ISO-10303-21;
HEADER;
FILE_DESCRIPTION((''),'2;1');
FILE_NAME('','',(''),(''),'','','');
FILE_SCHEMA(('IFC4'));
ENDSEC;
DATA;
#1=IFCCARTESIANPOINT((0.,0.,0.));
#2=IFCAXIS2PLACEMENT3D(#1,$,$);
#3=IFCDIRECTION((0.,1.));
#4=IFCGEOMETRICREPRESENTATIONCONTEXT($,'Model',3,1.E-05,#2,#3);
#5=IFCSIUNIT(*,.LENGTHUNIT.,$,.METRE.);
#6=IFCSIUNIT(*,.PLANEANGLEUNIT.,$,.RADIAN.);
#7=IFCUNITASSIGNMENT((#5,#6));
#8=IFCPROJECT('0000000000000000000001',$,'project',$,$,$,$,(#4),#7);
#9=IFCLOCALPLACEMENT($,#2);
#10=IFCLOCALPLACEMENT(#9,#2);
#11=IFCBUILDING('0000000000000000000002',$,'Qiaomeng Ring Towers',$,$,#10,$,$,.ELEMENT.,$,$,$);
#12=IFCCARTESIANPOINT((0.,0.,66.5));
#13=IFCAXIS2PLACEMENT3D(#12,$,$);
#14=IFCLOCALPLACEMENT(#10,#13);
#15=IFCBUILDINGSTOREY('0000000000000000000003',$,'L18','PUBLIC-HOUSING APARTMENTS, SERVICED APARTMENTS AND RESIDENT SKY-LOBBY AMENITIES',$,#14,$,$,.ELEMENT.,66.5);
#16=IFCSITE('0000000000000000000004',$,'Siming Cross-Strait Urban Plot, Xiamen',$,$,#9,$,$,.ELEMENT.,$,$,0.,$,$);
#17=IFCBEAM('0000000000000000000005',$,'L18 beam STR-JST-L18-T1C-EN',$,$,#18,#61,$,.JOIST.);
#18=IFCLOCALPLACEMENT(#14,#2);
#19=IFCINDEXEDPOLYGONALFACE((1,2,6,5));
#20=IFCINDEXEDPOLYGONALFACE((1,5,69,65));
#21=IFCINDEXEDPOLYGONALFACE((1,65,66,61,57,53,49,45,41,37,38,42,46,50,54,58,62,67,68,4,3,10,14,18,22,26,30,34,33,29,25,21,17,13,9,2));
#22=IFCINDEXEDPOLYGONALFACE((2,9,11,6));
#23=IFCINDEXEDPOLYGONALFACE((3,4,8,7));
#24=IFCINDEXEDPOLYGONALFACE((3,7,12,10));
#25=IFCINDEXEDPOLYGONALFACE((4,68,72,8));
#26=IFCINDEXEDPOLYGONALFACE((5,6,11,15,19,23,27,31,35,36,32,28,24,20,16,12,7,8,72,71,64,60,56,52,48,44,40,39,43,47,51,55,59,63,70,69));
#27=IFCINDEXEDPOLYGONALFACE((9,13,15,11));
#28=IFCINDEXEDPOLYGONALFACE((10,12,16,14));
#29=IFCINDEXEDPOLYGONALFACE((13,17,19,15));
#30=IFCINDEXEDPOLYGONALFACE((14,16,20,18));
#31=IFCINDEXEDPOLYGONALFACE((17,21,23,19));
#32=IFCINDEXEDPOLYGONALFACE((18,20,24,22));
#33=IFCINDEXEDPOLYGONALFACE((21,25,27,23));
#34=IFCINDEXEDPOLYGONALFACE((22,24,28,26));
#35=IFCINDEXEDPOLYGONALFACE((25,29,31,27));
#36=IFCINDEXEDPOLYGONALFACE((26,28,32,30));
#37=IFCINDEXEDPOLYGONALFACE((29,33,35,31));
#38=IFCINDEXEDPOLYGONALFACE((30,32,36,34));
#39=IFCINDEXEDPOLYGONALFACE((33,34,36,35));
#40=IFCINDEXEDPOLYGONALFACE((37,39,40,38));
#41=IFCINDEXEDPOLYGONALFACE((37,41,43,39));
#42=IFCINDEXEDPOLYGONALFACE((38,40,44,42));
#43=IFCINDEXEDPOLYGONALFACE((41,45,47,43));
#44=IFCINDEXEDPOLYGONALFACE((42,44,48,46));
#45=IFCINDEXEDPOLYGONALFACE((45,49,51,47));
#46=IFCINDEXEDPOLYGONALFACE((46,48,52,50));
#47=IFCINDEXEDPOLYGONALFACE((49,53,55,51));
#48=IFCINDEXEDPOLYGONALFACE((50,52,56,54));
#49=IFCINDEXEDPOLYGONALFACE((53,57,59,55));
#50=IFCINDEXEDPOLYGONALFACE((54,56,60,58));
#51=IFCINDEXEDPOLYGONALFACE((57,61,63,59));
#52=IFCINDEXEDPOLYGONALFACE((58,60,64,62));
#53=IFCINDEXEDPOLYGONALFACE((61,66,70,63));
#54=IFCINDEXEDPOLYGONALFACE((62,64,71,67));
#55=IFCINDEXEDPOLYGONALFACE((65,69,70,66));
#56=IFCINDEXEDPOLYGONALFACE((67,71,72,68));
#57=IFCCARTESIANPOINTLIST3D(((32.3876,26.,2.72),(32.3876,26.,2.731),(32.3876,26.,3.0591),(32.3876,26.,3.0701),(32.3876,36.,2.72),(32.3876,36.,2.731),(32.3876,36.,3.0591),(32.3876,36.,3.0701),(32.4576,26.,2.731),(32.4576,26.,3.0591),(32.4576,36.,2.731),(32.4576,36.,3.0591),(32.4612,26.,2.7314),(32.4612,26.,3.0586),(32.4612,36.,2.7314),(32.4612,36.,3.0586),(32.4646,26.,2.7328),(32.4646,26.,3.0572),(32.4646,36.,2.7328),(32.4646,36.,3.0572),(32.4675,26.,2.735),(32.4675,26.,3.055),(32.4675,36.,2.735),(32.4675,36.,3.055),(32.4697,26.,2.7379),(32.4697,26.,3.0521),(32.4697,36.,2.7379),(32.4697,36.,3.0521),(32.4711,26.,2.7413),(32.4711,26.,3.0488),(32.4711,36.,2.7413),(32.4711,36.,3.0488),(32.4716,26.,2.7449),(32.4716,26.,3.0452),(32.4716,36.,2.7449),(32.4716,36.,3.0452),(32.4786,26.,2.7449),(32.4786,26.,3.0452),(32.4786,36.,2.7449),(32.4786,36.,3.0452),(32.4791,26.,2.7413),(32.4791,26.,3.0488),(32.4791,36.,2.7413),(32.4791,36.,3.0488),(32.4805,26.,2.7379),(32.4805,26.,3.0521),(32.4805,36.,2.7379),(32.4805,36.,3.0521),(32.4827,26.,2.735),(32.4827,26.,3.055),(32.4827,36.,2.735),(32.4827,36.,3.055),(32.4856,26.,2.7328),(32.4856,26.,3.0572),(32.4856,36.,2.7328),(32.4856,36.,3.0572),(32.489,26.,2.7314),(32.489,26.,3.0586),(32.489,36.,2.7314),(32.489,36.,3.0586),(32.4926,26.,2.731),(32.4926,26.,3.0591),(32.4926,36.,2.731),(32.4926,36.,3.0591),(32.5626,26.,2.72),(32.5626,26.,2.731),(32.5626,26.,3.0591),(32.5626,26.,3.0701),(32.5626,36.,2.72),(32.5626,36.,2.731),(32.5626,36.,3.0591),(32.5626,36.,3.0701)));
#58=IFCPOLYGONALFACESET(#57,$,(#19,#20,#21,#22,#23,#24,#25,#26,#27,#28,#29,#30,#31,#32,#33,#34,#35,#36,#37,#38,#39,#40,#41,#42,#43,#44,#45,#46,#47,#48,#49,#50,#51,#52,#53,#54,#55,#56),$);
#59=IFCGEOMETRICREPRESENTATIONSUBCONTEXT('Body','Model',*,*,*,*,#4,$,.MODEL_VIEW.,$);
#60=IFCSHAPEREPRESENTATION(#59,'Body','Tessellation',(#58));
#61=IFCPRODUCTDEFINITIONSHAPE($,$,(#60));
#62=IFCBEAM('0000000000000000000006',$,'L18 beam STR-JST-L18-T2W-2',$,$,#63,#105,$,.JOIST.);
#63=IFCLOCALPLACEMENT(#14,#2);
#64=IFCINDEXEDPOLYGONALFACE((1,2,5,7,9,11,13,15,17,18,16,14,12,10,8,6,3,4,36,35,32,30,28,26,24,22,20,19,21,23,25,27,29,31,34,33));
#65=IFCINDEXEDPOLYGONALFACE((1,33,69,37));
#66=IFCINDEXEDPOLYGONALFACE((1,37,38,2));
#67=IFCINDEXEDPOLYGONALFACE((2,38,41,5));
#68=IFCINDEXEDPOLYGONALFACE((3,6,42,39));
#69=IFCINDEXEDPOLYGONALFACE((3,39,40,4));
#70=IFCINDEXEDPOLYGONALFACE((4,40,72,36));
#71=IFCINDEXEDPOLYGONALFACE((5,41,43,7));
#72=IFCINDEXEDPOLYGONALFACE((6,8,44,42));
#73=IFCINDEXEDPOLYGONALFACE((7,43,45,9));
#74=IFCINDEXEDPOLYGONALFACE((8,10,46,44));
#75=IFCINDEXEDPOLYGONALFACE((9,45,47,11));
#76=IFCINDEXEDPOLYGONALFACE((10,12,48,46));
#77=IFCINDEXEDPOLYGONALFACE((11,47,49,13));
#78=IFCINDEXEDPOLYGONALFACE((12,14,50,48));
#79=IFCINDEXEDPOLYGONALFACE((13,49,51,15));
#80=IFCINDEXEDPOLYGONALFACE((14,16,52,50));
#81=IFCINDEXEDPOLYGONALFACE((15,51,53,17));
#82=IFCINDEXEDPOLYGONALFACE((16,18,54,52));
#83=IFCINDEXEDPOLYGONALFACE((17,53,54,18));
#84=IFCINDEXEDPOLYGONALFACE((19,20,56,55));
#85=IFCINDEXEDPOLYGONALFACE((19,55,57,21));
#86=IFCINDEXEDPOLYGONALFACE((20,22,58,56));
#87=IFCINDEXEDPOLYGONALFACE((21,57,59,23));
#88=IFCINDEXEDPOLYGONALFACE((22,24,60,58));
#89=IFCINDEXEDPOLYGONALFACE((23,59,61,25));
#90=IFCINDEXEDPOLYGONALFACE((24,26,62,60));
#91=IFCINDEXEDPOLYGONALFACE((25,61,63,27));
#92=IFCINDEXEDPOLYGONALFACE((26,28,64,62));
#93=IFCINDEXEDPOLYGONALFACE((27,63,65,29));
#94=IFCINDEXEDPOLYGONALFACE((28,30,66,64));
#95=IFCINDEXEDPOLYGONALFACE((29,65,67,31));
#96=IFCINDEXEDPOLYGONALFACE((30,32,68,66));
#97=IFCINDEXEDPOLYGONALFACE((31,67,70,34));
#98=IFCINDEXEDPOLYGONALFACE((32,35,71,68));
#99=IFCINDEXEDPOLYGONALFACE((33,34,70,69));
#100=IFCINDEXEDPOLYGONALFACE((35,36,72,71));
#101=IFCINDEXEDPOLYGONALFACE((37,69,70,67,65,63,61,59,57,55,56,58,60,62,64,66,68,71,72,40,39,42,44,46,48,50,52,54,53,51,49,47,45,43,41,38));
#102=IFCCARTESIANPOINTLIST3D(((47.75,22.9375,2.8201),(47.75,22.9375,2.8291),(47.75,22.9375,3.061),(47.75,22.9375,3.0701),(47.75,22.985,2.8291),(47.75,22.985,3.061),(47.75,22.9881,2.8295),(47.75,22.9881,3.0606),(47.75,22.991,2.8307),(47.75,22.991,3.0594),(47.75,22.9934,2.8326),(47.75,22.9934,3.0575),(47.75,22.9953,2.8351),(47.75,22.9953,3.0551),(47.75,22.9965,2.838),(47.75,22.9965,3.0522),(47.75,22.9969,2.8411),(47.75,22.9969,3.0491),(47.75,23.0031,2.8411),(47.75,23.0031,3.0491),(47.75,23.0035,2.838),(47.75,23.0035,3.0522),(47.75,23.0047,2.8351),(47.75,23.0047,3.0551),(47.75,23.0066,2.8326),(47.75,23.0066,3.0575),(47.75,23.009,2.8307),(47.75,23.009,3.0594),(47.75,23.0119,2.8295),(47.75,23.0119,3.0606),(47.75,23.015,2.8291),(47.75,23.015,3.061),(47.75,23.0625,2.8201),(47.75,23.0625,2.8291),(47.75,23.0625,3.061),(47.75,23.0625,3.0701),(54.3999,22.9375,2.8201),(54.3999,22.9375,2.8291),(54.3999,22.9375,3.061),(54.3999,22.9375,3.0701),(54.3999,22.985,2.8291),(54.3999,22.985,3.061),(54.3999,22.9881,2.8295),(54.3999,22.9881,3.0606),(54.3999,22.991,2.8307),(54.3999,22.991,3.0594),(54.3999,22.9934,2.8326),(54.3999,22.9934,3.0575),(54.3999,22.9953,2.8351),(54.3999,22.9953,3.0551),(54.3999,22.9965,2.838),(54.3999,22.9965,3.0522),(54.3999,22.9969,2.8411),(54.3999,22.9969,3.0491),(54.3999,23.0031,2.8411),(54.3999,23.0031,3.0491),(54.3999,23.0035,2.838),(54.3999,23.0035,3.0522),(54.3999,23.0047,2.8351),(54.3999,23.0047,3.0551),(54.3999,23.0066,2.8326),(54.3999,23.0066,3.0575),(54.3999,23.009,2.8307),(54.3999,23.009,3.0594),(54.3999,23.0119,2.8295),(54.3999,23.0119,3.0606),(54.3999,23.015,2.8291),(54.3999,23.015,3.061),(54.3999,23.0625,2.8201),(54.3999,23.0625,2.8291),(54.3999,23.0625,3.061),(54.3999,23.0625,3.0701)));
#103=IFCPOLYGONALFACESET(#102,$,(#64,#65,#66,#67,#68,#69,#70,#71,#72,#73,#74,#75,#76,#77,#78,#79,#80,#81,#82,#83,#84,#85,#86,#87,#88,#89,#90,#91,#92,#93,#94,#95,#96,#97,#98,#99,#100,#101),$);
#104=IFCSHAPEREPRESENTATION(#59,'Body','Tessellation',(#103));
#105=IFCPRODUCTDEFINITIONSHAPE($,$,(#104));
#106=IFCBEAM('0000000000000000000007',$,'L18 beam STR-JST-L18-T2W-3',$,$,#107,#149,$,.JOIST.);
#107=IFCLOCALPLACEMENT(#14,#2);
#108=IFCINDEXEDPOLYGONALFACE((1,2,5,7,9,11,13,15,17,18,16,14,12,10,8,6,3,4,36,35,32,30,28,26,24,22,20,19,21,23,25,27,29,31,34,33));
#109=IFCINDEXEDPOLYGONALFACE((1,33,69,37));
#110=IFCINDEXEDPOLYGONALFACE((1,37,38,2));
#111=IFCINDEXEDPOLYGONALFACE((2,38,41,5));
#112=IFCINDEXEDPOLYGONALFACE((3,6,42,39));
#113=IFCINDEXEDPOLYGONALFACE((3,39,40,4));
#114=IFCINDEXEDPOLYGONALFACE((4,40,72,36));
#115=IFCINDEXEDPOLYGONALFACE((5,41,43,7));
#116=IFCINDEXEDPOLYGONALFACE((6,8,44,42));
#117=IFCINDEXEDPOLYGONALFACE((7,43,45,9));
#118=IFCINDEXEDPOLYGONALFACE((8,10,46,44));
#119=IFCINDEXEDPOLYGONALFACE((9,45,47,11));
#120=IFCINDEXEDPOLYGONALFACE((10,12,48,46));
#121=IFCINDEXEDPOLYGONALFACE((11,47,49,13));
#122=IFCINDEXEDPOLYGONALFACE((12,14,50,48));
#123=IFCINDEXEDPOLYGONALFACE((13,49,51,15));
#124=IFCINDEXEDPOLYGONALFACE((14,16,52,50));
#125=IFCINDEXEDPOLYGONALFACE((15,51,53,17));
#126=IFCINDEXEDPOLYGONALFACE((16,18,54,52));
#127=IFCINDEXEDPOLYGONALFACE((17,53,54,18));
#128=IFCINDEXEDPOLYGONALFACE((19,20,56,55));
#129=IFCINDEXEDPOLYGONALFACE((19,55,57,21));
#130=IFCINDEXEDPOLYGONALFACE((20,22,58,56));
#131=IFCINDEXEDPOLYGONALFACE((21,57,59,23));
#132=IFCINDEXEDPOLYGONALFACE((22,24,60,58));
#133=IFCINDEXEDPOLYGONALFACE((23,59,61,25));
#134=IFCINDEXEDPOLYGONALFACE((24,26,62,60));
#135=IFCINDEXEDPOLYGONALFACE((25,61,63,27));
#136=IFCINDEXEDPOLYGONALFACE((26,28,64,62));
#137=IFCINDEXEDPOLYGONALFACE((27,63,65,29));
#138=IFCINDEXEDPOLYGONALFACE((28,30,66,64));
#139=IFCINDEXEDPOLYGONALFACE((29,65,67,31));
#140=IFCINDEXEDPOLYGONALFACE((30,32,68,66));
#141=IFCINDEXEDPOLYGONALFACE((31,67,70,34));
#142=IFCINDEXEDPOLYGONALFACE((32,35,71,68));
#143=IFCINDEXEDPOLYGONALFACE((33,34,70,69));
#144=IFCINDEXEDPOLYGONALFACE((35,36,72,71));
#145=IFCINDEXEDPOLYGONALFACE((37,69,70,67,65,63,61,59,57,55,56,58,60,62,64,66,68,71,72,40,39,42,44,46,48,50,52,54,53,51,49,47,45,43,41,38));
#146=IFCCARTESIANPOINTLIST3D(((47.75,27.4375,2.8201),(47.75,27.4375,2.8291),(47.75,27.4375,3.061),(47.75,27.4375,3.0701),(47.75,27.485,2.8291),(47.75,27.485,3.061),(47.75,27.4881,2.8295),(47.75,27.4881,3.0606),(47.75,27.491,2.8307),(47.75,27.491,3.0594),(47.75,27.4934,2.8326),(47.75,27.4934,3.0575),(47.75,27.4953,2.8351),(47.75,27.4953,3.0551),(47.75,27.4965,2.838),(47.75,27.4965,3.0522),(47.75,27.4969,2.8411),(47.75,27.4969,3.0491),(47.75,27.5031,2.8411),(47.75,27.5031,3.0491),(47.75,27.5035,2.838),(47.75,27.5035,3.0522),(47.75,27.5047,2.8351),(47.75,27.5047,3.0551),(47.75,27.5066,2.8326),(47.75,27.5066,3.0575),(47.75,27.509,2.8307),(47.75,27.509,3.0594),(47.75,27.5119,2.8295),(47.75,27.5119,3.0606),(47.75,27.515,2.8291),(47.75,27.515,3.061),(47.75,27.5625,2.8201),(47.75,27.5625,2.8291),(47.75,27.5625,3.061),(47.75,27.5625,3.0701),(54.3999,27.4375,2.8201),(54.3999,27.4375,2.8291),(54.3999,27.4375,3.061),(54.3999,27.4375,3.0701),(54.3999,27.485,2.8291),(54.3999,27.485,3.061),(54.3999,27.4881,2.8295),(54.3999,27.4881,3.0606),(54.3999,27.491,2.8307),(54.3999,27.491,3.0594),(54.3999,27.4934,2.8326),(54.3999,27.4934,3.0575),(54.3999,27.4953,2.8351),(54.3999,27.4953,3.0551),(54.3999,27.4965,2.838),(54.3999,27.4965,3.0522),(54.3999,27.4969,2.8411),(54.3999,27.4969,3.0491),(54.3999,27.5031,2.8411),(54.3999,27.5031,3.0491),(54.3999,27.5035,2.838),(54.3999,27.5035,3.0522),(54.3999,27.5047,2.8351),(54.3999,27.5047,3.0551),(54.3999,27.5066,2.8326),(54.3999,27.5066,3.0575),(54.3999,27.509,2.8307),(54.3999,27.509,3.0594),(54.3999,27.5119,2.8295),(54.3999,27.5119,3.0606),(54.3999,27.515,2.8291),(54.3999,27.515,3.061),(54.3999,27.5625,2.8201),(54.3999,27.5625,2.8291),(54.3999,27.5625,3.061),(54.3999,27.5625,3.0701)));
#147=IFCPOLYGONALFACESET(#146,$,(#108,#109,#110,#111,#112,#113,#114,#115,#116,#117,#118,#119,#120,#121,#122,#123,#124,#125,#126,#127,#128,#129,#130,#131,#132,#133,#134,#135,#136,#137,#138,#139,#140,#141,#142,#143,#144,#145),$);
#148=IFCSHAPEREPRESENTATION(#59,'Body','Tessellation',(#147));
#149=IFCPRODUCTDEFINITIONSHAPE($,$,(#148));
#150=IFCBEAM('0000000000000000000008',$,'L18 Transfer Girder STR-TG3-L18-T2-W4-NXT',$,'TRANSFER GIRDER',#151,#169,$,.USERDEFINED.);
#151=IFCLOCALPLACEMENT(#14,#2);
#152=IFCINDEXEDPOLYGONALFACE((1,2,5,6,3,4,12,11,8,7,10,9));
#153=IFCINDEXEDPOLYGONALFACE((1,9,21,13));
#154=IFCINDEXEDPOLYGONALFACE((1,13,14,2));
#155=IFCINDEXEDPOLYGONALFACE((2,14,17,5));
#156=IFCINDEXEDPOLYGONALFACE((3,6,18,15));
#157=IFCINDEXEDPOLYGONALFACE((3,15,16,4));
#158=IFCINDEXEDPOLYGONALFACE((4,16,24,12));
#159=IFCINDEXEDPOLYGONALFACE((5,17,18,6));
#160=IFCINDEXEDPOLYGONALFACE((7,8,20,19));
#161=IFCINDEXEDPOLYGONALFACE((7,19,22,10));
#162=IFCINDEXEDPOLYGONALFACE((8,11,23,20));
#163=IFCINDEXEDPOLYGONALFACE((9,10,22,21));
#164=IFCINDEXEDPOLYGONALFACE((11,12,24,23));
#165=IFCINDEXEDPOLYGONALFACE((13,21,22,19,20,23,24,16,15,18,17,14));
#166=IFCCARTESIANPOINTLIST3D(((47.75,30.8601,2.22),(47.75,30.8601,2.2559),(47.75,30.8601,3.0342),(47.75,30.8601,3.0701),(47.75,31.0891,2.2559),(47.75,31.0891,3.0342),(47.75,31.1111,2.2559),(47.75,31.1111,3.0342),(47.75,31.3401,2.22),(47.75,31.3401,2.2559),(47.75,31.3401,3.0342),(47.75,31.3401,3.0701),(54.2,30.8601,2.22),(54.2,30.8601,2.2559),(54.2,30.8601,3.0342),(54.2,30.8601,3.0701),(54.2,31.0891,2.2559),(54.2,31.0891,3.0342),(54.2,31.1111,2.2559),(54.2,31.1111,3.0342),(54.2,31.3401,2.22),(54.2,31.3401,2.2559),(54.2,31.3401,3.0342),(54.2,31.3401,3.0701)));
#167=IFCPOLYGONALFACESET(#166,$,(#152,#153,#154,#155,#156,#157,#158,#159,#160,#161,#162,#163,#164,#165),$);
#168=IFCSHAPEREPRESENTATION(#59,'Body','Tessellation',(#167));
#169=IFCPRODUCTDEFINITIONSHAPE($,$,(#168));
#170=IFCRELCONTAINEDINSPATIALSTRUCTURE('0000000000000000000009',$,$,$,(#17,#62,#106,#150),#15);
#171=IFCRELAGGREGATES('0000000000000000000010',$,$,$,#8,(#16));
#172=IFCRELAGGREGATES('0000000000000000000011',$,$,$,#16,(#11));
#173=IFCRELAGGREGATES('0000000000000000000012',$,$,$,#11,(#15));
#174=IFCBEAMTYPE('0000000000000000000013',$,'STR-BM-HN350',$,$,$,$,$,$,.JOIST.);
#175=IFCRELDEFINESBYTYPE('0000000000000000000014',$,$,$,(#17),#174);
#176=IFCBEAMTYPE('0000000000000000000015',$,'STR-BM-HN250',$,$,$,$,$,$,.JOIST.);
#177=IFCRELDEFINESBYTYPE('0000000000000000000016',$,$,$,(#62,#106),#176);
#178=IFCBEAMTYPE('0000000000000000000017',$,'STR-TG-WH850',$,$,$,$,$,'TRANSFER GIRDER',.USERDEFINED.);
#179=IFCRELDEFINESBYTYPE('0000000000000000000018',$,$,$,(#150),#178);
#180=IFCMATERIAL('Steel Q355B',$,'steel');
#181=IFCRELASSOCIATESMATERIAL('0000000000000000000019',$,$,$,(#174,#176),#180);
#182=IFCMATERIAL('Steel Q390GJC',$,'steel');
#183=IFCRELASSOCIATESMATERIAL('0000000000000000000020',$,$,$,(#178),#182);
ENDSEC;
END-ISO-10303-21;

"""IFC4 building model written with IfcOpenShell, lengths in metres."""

from ifc_helpers import new_model, si_unit, direction, frame, origin, origin_2d, place, context, subcontext, project, spatial, i_section, extrude, source, transform, mapped, material, material_profile, profile_set, type_object, element, save


model = new_model("IFC4")

# Units and contexts
model_context = context("Model", 3, precision=1e-05, world=origin(), true_north=direction((0.0, 1.0)))
body_context = subcontext(model_context, "Body", "Model", "MODEL_VIEW")
ifc_project = project(units=[si_unit("LENGTHUNIT", "METRE"), si_unit("PLANEANGLEUNIT", "RADIAN")], contexts=[model_context])

# Site, building, storey
site_placement = place(None, origin())
site = spatial("IfcSite", under=ifc_project, at=site_placement, Name="Siming Cross-Strait Urban Plot, Xiamen", CompositionType="ELEMENT", RefElevation=0.0)
building_placement = place(site_placement, origin())
building = spatial("IfcBuilding", under=site, at=building_placement, Name="Qiaomeng Ring Towers", CompositionType="ELEMENT")
storey_placement = place(building_placement, frame((0.0, 0.0, 66.5)))
storey = spatial("IfcBuildingStorey", under=building, at=storey_placement, Name="L18", Description="PUBLIC-HOUSING APARTMENTS, SERVICED APARTMENTS AND RESIDENT SKY-LOBBY AMENITIES", CompositionType="ELEMENT", Elevation=66.5)

# Beams
ifc_material_1 = material(Name="Steel Q355B", Category="steel")
ifc_material_profile_1 = material_profile(ifc_material_1, i_section(OverallWidth=0.175, OverallDepth=0.3501, WebThickness=0.0071, FlangeThickness=0.011, FilletRadius=0.0139, at=origin_2d()), Name="HN 350x175x7x11")
ifc_profile_set_1 = profile_set([ifc_material_profile_1], Name="Steel Q355B")
beam_type_1 = type_object("IfcBeamType", Name="STR-BM-HN350", PredefinedType="JOIST", material=ifc_profile_set_1)
shared_shape_1 = source(origin(), body_context, "Body", "SweptSolid", [
    extrude(i_section(OverallWidth=0.175, OverallDepth=0.3501, WebThickness=0.0071, FlangeThickness=0.011, FilletRadius=0.0139, at=origin_2d()), origin(), (0.0, 0.0, 1.0), 10.0),
])
beam_1_placement = place(storey_placement, frame((32.4751, 26.0, 2.895), z_axis=(0.0, 1.0, 0.0), x_axis=(-1.0, 0.0, 0.0)))
element("IfcBeam", 1, at=beam_1_placement, inside=storey, type_object=beam_type_1, Name="L18 beam STR-JST-L18-T1C-EN", PredefinedType="JOIST", context=body_context, shape_type="MappedRepresentation", body=[
    mapped(shared_shape_1, transform((0.0, 0.0, 0.0), x_axis=(1.0, 0.0, 0.0), y_axis=(0.0, 1.0, 0.0), z_axis=(0.0, 0.0, 1.0), scale=1.0)),
])
ifc_material_profile_2 = material_profile(ifc_material_1, i_section(OverallWidth=0.125, OverallDepth=0.25, WebThickness=0.0061, FlangeThickness=0.009, FilletRadius=0.012, at=origin_2d()), Name="HN 250x125x6x9")
ifc_profile_set_2 = profile_set([ifc_material_profile_2], Name="Steel Q355B")
beam_type_2 = type_object("IfcBeamType", Name="STR-BM-HN250", PredefinedType="JOIST", material=ifc_profile_set_2)
shared_shape_2 = source(origin(), body_context, "Body", "SweptSolid", [
    extrude(i_section(OverallWidth=0.125, OverallDepth=0.25, WebThickness=0.0061, FlangeThickness=0.009, FilletRadius=0.012, at=origin_2d()), origin(), (0.0, 0.0, 1.0), 6.6499),
])
for number, where, z_axis, x_axis, name in (
    (2, (47.75, 23.0, 2.9451), (1.0, 0.0, 0.0), (0.0, 1.0, 0.0), "L18 beam STR-JST-L18-T2W-2"),
    (3, (47.75, 27.5, 2.9451), (1.0, 0.0, 0.0), (0.0, 1.0, 0.0), "L18 beam STR-JST-L18-T2W-3"),
):
    element("IfcBeam", number, at=place(storey_placement, frame(where, z_axis=z_axis, x_axis=x_axis)), inside=storey, type_object=beam_type_2, Name=name, PredefinedType="JOIST", context=body_context, shape_type="MappedRepresentation", body=[
        mapped(shared_shape_2, transform((0.0, 0.0, 0.0), x_axis=(1.0, 0.0, 0.0), y_axis=(0.0, 1.0, 0.0), z_axis=(0.0, 0.0, 1.0), scale=1.0)),
    ])
ifc_material_2 = material(Name="Steel Q390GJC", Category="steel")
ifc_material_profile_3 = material_profile(ifc_material_2, i_section(OverallWidth=0.48, OverallDepth=0.8501, WebThickness=0.022, FlangeThickness=0.0359, at=origin_2d()), Name="WH 850x480x22x36")
ifc_profile_set_3 = profile_set([ifc_material_profile_3], Name="Steel Q390GJC")
beam_type_3 = type_object("IfcBeamType", Name="STR-TG-WH850", ElementType="TRANSFER GIRDER", PredefinedType="USERDEFINED", material=ifc_profile_set_3)
shared_shape_3 = source(origin(), body_context, "Body", "SweptSolid", [
    extrude(i_section(OverallWidth=0.48, OverallDepth=0.8501, WebThickness=0.022, FlangeThickness=0.0359, at=origin_2d()), origin(), (0.0, 0.0, 1.0), 6.45),
])
beam_2_placement = place(storey_placement, frame((47.75, 31.1001, 2.645), z_axis=(1.0, 0.0, 0.0), x_axis=(0.0, 1.0, 0.0)))
element("IfcBeam", 4, at=beam_2_placement, inside=storey, type_object=beam_type_3, Name="L18 Transfer Girder STR-TG3-L18-T2-W4-NXT", ObjectType="TRANSFER GIRDER", PredefinedType="USERDEFINED", context=body_context, shape_type="MappedRepresentation", body=[
    mapped(shared_shape_3, transform((0.0, 0.0, 0.0), x_axis=(1.0, 0.0, 0.0), y_axis=(0.0, 1.0, 0.0), z_axis=(0.0, 0.0, 1.0), scale=1.0)),
])

save(model, "model.ifc")
